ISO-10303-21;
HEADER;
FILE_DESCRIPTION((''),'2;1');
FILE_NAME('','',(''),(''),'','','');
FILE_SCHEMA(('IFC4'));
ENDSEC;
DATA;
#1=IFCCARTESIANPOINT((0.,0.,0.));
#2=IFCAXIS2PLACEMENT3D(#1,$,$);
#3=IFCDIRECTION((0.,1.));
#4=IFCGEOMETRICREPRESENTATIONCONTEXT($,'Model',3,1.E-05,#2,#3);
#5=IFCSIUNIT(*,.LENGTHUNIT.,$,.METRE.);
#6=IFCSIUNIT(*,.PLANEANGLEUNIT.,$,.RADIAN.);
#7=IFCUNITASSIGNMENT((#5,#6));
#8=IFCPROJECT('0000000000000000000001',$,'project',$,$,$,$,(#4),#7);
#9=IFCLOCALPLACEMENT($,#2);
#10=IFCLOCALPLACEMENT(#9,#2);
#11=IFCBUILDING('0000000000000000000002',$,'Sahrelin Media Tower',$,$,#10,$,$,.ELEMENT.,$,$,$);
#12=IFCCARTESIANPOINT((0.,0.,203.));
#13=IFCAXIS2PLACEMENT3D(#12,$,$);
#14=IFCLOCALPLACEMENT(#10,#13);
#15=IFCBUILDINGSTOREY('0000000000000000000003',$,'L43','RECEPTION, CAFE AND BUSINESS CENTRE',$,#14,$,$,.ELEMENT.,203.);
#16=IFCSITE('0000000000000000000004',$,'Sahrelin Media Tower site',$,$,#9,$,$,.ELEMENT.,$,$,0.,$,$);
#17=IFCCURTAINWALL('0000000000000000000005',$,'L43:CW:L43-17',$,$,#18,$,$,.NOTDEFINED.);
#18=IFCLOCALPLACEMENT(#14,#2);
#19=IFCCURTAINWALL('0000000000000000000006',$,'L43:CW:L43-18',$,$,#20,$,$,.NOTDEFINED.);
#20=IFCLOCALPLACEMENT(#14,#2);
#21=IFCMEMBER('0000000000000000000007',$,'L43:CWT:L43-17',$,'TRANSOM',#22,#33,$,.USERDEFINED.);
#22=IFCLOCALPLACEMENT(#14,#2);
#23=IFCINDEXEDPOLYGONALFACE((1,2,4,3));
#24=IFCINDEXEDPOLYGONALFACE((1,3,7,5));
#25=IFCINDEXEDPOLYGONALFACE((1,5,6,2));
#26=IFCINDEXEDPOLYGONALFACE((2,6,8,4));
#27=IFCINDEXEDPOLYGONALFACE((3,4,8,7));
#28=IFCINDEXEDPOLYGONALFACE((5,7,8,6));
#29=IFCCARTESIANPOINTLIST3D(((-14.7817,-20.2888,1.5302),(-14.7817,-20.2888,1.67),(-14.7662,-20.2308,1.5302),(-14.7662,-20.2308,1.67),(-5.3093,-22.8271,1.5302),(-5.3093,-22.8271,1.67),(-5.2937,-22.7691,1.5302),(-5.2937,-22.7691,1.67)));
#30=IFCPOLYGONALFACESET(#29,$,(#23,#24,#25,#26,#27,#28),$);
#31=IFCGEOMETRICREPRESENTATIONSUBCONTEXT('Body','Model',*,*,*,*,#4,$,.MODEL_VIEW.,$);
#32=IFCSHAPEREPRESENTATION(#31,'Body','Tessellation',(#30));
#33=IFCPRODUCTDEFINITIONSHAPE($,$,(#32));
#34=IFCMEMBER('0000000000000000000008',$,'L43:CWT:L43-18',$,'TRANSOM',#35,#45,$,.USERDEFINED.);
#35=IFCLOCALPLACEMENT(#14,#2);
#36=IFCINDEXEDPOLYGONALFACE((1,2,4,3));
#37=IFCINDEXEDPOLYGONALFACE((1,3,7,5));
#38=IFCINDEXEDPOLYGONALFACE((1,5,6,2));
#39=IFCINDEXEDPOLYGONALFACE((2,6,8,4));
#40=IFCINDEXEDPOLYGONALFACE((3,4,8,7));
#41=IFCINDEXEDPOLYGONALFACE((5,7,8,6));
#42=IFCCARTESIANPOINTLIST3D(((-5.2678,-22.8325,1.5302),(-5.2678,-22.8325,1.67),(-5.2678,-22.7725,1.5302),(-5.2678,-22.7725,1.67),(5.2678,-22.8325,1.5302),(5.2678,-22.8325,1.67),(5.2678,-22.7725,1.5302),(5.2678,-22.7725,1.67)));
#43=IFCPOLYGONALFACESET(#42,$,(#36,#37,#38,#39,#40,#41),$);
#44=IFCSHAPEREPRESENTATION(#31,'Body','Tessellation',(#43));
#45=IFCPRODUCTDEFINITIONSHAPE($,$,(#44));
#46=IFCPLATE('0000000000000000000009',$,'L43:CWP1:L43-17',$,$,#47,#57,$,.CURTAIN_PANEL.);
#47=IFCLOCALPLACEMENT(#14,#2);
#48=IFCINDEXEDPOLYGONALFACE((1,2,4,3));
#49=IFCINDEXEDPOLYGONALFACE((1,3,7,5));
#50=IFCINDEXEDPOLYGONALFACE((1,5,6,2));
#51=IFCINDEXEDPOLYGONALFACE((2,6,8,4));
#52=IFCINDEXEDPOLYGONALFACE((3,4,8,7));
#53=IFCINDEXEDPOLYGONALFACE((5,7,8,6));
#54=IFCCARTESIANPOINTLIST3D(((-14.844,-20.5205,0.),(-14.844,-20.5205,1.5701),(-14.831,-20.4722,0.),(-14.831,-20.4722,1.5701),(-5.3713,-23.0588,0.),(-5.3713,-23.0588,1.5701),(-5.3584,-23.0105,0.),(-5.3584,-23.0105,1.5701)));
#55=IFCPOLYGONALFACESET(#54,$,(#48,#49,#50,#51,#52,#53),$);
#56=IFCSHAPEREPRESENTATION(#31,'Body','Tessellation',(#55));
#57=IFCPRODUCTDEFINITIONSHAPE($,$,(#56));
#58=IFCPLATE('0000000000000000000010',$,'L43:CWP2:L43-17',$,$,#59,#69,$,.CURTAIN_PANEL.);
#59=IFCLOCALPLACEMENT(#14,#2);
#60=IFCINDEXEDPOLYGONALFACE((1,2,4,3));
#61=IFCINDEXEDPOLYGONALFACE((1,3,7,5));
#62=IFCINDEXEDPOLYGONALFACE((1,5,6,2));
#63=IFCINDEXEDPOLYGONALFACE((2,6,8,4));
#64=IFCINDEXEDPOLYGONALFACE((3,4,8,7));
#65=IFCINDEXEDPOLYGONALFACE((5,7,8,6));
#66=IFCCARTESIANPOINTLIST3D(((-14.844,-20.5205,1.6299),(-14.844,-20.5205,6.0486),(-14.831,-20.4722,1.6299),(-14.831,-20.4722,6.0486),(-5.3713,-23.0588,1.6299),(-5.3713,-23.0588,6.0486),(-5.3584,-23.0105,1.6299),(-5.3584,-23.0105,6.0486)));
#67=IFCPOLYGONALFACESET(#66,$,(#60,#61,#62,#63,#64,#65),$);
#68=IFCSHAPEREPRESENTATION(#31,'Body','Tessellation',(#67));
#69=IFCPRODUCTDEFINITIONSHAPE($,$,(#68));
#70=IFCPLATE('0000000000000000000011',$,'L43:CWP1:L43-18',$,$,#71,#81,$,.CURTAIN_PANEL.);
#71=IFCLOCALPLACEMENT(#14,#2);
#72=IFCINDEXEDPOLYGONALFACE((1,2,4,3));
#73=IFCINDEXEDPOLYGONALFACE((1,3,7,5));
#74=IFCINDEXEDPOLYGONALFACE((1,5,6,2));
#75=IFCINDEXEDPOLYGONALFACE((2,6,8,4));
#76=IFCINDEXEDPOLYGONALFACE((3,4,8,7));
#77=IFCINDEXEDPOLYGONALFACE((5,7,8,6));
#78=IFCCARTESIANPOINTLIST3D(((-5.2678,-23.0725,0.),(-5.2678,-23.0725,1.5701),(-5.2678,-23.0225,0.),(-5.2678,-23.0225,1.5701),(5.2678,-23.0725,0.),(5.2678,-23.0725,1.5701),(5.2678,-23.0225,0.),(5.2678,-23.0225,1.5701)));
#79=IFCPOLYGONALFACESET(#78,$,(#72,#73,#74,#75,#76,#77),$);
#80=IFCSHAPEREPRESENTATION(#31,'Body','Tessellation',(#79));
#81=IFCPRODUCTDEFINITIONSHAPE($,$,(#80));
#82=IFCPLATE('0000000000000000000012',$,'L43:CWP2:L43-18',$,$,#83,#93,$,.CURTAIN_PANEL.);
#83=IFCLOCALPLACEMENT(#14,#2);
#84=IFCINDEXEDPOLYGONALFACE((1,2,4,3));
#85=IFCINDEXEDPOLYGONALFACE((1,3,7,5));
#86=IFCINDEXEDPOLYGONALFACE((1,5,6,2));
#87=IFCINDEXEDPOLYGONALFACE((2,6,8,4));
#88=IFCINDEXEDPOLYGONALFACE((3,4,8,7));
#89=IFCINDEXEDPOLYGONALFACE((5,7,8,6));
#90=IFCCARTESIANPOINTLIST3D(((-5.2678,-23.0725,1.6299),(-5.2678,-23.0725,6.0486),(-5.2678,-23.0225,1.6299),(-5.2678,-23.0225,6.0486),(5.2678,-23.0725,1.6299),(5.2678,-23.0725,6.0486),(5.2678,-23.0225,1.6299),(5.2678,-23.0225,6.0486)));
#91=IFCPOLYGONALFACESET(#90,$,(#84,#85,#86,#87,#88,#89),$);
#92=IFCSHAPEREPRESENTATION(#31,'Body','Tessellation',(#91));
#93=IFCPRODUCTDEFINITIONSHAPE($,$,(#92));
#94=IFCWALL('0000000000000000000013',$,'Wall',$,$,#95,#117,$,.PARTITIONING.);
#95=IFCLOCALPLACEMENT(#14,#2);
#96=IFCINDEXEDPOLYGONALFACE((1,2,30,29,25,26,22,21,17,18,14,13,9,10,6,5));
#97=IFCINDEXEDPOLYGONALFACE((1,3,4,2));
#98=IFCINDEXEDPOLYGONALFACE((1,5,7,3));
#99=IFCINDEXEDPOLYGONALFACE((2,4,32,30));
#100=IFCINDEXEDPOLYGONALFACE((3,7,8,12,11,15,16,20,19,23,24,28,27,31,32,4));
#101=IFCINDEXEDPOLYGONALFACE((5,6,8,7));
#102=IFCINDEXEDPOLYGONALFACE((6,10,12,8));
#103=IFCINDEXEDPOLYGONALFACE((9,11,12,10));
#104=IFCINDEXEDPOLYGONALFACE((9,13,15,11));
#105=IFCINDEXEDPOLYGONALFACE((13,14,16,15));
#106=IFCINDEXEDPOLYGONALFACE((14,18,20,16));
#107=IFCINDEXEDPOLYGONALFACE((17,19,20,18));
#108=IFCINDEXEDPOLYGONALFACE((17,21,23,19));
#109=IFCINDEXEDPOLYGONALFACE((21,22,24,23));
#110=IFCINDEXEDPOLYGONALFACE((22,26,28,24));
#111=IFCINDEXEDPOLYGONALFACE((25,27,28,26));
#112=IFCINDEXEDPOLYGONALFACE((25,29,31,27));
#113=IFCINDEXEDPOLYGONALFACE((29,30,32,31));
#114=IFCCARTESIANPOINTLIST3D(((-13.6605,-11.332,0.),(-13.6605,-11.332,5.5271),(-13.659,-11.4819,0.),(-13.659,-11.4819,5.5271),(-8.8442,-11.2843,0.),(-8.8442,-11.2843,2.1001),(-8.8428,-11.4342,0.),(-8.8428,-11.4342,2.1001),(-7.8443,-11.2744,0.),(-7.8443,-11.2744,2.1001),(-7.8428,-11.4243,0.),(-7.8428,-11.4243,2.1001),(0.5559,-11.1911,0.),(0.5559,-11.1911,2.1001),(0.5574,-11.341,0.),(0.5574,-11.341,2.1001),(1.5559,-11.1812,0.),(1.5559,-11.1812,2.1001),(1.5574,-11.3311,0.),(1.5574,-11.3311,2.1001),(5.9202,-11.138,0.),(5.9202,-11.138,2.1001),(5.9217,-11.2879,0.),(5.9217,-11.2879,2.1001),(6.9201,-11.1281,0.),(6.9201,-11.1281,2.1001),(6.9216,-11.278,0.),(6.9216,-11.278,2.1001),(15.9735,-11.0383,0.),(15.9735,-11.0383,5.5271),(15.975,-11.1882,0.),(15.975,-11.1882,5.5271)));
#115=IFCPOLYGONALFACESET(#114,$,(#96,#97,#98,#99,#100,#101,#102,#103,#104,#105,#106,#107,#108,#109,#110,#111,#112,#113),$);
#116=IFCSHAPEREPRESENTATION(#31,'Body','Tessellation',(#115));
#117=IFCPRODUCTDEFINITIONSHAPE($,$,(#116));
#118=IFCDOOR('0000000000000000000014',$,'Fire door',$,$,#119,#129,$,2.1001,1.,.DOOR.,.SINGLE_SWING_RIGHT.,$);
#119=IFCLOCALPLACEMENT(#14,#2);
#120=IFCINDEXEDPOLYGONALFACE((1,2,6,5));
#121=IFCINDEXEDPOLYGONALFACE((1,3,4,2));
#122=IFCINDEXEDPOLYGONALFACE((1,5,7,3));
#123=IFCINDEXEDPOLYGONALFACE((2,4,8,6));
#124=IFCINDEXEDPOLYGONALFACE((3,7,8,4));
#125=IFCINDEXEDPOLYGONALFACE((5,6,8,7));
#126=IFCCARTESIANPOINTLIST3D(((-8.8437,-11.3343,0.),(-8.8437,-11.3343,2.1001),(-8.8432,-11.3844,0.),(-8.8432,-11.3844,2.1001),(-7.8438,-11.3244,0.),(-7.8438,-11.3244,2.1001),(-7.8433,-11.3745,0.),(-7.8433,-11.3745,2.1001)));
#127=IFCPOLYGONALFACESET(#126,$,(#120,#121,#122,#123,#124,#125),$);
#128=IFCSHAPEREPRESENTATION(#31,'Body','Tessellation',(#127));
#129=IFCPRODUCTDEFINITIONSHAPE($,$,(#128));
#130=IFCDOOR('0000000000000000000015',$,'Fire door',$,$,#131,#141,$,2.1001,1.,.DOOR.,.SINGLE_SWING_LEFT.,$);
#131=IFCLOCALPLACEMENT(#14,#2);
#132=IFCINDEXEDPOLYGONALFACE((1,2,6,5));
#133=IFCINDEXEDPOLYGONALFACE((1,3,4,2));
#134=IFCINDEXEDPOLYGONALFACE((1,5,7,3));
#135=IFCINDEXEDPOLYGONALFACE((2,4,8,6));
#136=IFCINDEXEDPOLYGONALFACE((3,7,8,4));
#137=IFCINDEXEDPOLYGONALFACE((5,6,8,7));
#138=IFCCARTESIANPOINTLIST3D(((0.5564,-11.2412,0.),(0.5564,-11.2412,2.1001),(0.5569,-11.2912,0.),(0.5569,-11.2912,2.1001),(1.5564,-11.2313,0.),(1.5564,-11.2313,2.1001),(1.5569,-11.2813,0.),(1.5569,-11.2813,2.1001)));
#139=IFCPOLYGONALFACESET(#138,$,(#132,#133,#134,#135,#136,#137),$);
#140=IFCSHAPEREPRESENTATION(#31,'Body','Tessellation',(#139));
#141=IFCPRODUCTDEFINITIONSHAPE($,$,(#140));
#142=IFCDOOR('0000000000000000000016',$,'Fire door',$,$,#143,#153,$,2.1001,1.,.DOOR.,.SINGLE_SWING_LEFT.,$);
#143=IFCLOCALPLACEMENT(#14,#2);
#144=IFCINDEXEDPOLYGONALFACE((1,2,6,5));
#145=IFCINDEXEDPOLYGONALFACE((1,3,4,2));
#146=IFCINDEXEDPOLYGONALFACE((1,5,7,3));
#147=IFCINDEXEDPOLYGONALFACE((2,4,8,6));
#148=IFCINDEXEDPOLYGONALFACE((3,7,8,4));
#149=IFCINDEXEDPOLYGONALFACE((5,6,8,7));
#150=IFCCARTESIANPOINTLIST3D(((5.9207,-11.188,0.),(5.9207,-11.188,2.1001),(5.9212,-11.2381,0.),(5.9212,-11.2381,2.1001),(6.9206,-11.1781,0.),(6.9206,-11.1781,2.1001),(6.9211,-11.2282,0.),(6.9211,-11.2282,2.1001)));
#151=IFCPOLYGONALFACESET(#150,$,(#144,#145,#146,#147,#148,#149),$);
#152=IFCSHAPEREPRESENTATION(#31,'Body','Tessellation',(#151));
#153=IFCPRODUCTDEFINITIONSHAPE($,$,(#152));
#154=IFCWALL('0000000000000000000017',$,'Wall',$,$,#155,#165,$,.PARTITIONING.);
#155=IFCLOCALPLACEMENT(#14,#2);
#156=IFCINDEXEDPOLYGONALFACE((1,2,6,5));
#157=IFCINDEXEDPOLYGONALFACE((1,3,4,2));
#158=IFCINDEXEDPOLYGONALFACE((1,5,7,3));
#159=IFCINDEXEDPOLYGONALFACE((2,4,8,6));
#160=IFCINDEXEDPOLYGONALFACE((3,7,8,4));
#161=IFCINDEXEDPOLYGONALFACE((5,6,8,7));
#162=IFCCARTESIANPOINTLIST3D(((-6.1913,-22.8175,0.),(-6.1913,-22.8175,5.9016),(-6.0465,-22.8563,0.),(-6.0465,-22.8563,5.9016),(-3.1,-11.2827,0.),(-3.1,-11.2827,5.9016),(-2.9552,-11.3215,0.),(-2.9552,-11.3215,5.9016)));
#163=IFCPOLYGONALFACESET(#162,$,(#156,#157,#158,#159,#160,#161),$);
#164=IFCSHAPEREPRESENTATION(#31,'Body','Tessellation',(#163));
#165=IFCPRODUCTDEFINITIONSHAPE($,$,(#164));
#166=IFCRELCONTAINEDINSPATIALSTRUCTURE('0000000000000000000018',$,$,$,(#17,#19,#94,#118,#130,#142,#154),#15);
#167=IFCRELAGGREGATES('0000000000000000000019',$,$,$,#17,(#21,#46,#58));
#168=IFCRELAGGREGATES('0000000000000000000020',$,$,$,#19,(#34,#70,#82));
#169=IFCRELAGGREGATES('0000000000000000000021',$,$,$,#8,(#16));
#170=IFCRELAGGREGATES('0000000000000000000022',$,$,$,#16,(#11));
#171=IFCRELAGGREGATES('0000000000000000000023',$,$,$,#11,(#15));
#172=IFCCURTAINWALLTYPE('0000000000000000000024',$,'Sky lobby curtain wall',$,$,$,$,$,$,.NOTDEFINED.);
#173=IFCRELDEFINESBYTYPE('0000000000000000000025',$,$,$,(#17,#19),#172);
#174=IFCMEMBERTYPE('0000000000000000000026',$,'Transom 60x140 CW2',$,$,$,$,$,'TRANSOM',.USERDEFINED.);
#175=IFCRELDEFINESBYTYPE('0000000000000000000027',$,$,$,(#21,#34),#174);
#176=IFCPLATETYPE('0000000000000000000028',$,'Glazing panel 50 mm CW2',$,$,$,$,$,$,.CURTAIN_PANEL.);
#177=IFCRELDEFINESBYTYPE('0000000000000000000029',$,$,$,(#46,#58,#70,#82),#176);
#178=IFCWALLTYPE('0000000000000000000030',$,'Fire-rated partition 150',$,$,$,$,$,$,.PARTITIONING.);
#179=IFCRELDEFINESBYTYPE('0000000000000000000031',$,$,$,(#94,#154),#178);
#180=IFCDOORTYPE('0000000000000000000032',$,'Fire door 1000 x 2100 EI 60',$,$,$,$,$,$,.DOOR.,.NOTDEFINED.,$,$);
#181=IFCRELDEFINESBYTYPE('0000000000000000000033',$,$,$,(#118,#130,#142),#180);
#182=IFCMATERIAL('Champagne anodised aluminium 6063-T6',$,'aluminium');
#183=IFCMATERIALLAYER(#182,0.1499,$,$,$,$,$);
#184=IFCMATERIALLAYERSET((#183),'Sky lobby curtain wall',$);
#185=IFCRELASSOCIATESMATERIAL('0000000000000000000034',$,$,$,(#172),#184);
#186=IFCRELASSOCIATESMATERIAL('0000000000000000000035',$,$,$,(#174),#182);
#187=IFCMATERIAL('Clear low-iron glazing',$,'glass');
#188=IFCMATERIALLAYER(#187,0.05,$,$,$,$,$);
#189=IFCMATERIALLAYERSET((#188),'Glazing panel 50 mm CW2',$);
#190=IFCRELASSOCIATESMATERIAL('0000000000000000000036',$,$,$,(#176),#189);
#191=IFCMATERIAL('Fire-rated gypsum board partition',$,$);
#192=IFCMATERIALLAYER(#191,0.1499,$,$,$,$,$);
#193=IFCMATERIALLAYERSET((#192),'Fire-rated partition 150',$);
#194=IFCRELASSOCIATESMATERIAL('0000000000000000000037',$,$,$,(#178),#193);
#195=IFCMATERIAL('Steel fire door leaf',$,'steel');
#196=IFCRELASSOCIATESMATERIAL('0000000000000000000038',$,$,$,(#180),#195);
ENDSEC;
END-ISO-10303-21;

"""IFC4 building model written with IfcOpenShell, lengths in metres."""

from ifc_helpers import new_model, si_unit, direction, frame, frame_2d, origin, origin_2d, place, context, subcontext, project, spatial, polyline, rectangle, outline, extrude, material, layer, layer_set, material_profile, profile_set, type_object, element, fill, aggregate, save


model = new_model("IFC4")

# Units and contexts
model_context = context("Model", 3, precision=1e-05, world=origin(), true_north=direction((0.0, 1.0)))
body_context = subcontext(model_context, "Body", "Model", "MODEL_VIEW")
ifc_project = project(units=[si_unit("LENGTHUNIT", "METRE"), si_unit("PLANEANGLEUNIT", "RADIAN")], contexts=[model_context])

# Site, building, storey
site_placement = place(None, origin())
site = spatial("IfcSite", under=ifc_project, at=site_placement, Name="Sahrelin Media Tower site", CompositionType="ELEMENT", RefElevation=0.0)
building_placement = place(site_placement, origin())
building = spatial("IfcBuilding", under=site, at=building_placement, Name="Sahrelin Media Tower", CompositionType="ELEMENT")
storey_placement = place(building_placement, frame((0.0, 0.0, 203.0)))
storey = spatial("IfcBuildingStorey", under=building, at=storey_placement, Name="L43", Description="RECEPTION, CAFE AND BUSINESS CENTRE", CompositionType="ELEMENT", Elevation=203.0)

# Curtain walls
ifc_material_1 = material(Name="Champagne anodised aluminium 6063-T6", Category="aluminium")
ifc_layer_1 = layer(ifc_material_1, 0.1499)
ifc_layer_set_1 = layer_set([ifc_layer_1], Name="Sky lobby curtain wall")
curtain_wall_type = type_object("IfcCurtainWallType", Name="Sky lobby curtain wall", PredefinedType="NOTDEFINED", material=ifc_layer_set_1)
curtain_wall_1_placement = place(storey_placement, frame((-10.1023, -21.7703, 0.0), z_axis=(0.0, 0.0, 1.0), x_axis=(1.0, 0.0, 0.0)))
curtain_wall_1 = element("IfcCurtainWall", 1, at=curtain_wall_1_placement, inside=storey, type_object=curtain_wall_type, Name="L43:CW:L43-17", PredefinedType="NOTDEFINED")
curtain_wall_2_placement = place(storey_placement, frame((0.0, -23.0525, 0.0), z_axis=(0.0, 0.0, 1.0), x_axis=(1.0, 0.0, 0.0)))
curtain_wall_2 = element("IfcCurtainWall", 2, at=curtain_wall_2_placement, inside=storey, type_object=curtain_wall_type, Name="L43:CW:L43-18", PredefinedType="NOTDEFINED")

# Members
ifc_material_profile_1 = material_profile(ifc_material_1, rectangle(XDim=0.0601, YDim=0.1399, at=origin_2d()), Name="Transom 60x140")
ifc_profile_set_1 = profile_set([ifc_material_profile_1], Name="Champagne anodised aluminium 6063-T6")
member_type_1 = type_object("IfcMemberType", Name="Transom 60x140 CW2", ElementType="TRANSOM", PredefinedType="USERDEFINED", material=ifc_profile_set_1)
member_1_placement = place(storey_placement, frame((-14.7739, -20.2598, 1.6001), z_axis=(0.965921, -0.258839, 0.0), x_axis=(0.258839, 0.965921, 0.0)))
member_1 = element("IfcMember", 3, at=member_1_placement, type_object=member_type_1, Name="L43:CWT:L43-17", ObjectType="TRANSOM", PredefinedType="USERDEFINED", context=body_context, shape_type="SweptSolid", body=[
    extrude(rectangle(XDim=0.0601, YDim=0.1399, at=origin_2d()), origin(), (0.0, 0.0, 1.0), 9.8066),
])
member_2_placement = place(storey_placement, frame((-5.2678, -22.8025, 1.6001), z_axis=(1.0, 0.0, 0.0), x_axis=(0.0, 1.0, 0.0)))
member_2 = element("IfcMember", 4, at=member_2_placement, type_object=member_type_1, Name="L43:CWT:L43-18", ObjectType="TRANSOM", PredefinedType="USERDEFINED", context=body_context, shape_type="SweptSolid", body=[
    extrude(rectangle(XDim=0.0601, YDim=0.1399, at=origin_2d()), origin(), (0.0, 0.0, 1.0), 10.5356),
])

# Plates
ifc_material_2 = material(Name="Clear low-iron glazing", Category="glass")
ifc_layer_2 = layer(ifc_material_2, 0.05)
ifc_layer_set_2 = layer_set([ifc_layer_2], Name="Glazing panel 50 mm CW2")
plate_type = type_object("IfcPlateType", Name="Glazing panel 50 mm CW2", PredefinedType="CURTAIN_PANEL", material=ifc_layer_set_2)
plate_1_placement = place(storey_placement, frame((-14.844, -20.5205, 0.0), z_axis=(-0.258832, -0.965922, 0.0), x_axis=(0.965922, -0.258832, 0.0)))
plate_1 = element("IfcPlate", 5, at=plate_1_placement, type_object=plate_type, Name="L43:CWP1:L43-17", PredefinedType="CURTAIN_PANEL", context=body_context, shape_type="SweptSolid", body=[
    extrude(outline(polyline([(0.0, 0.0), (9.8069, 0.0), (9.8069, 1.5701), (0.0, 1.5701), (0.0, 0.0)])), origin(), (0.0, 0.0, -1.0), 0.05),
])
plate_2_placement = place(storey_placement, frame((-14.844, -20.5205, 1.6299), z_axis=(-0.258832, -0.965922, 0.0), x_axis=(0.965922, -0.258832, 0.0)))
plate_2 = element("IfcPlate", 6, at=plate_2_placement, type_object=plate_type, Name="L43:CWP2:L43-17", PredefinedType="CURTAIN_PANEL", context=body_context, shape_type="SweptSolid", body=[
    extrude(outline(polyline([(0.0, 0.0), (9.8069, 0.0), (9.8069, 4.4187), (0.0, 4.4187), (0.0, 0.0)])), origin(), (0.0, 0.0, -1.0), 0.05),
])
aggregate(curtain_wall_1, [member_1, plate_1, plate_2])
plate_3_placement = place(storey_placement, frame((-5.2678, -23.0725, 0.0), z_axis=(0.0, -1.0, 0.0), x_axis=(1.0, 0.0, 0.0)))
plate_3 = element("IfcPlate", 7, at=plate_3_placement, type_object=plate_type, Name="L43:CWP1:L43-18", PredefinedType="CURTAIN_PANEL", context=body_context, shape_type="SweptSolid", body=[
    extrude(outline(polyline([(0.0, 0.0), (10.5356, 0.0), (10.5356, 1.5701), (0.0, 1.5701), (0.0, 0.0)])), origin(), (0.0, 0.0, -1.0), 0.05),
])
plate_4_placement = place(storey_placement, frame((-5.2678, -23.0725, 1.6299), z_axis=(0.0, -1.0, 0.0), x_axis=(1.0, 0.0, 0.0)))
plate_4 = element("IfcPlate", 8, at=plate_4_placement, type_object=plate_type, Name="L43:CWP2:L43-18", PredefinedType="CURTAIN_PANEL", context=body_context, shape_type="SweptSolid", body=[
    extrude(outline(polyline([(0.0, 0.0), (10.5356, 0.0), (10.5356, 4.4187), (0.0, 4.4187), (0.0, 0.0)])), origin(), (0.0, 0.0, -1.0), 0.05),
])
aggregate(curtain_wall_2, [member_2, plate_3, plate_4])

# Wall, openings, doors
ifc_material_3 = material(Name="Fire-rated gypsum board partition")
ifc_layer_3 = layer(ifc_material_3, 0.1499)
ifc_layer_set_3 = layer_set([ifc_layer_3], Name="Fire-rated partition 150")
wall_type_1 = type_object("IfcWallType", Name="Fire-rated partition 150", PredefinedType="PARTITIONING", material=ifc_layer_set_3)
wall_1_placement = place(storey_placement, frame((-13.6599, -11.407, 0.0), z_axis=(0.0, 0.0, 1.0), x_axis=(0.999951, 0.00991, 0.0)))
wall_1 = element("IfcWall", 9, at=wall_1_placement, inside=storey, type_object=wall_type_1, Name="Wall", PredefinedType="PARTITIONING", context=body_context, shape_type="SweptSolid", body=[
    extrude(rectangle(XDim=29.6355, YDim=0.1499, at=frame_2d((14.8179, 0.0))), origin(), (0.0, 0.0, 1.0), 5.5271),
])
opening_1_placement = place(wall_1_placement, frame((4.8167, 0.0, 0.0)))
opening_1 = element("IfcOpeningElement", 10, at=opening_1_placement, cuts=wall_1, PredefinedType="OPENING", context=body_context, shape_type="SweptSolid", body=[
    extrude(rectangle(XDim=1.0, YDim=2.1001, at=frame_2d((0.5, 1.05))), frame((0.0, 0.075, 0.0), z_axis=(0.0, -1.0, 0.0), x_axis=(1.0, 0.0, 0.0)), (0.0, 0.0, 1.0), 0.1499),
])
opening_2_placement = place(wall_1_placement, frame((14.2173, 0.0, 0.0)))
opening_2 = element("IfcOpeningElement", 11, at=opening_2_placement, cuts=wall_1, PredefinedType="OPENING", context=body_context, shape_type="SweptSolid", body=[
    extrude(rectangle(XDim=1.0, YDim=2.1001, at=frame_2d((0.5, 1.05))), frame((0.0, 0.075, 0.0), z_axis=(0.0, -1.0, 0.0), x_axis=(1.0, 0.0, 0.0)), (0.0, 0.0, 1.0), 0.1499),
])
opening_3_placement = place(wall_1_placement, frame((19.5818, 0.0, 0.0)))
opening_3 = element("IfcOpeningElement", 12, at=opening_3_placement, cuts=wall_1, PredefinedType="OPENING", context=body_context, shape_type="SweptSolid", body=[
    extrude(rectangle(XDim=1.0, YDim=2.1001, at=frame_2d((0.5, 1.05))), frame((0.0, 0.075, 0.0), z_axis=(0.0, -1.0, 0.0), x_axis=(1.0, 0.0, 0.0)), (0.0, 0.0, 1.0), 0.1499),
])
ifc_material_4 = material(Name="Steel fire door leaf", Category="steel")
door_type_1 = type_object("IfcDoorType", Name="Fire door 1000 x 2100 EI 60", OperationType="NOTDEFINED", PredefinedType="DOOR", material=ifc_material_4)
door_1_placement = place(opening_1_placement, origin())
door_1 = element("IfcDoor", 13, at=door_1_placement, inside=storey, type_object=door_type_1, Name="Fire door", OperationType="SINGLE_SWING_RIGHT", OverallHeight=2.1001, OverallWidth=1.0, PredefinedType="DOOR", context=body_context, shape_type="SweptSolid", body=[
    extrude(rectangle(XDim=1.0, YDim=2.1001, at=frame_2d((0.5, 1.05))), frame((0.0, 0.0249, 0.0), z_axis=(0.0, -1.0, 0.0), x_axis=(1.0, 0.0, 0.0)), (0.0, 0.0, 1.0), 0.05),
])
fill(opening_1, door_1)
door_2_placement = place(opening_2_placement, origin())
door_2 = element("IfcDoor", 14, at=door_2_placement, inside=storey, type_object=door_type_1, Name="Fire door", OperationType="SINGLE_SWING_LEFT", OverallHeight=2.1001, OverallWidth=1.0, PredefinedType="DOOR", context=body_context, shape_type="SweptSolid", body=[
    extrude(rectangle(XDim=1.0, YDim=2.1001, at=frame_2d((0.5, 1.05))), frame((0.0, 0.0249, 0.0), z_axis=(0.0, -1.0, 0.0), x_axis=(1.0, 0.0, 0.0)), (0.0, 0.0, 1.0), 0.05),
])
fill(opening_2, door_2)
door_3_placement = place(opening_3_placement, origin())
door_3 = element("IfcDoor", 15, at=door_3_placement, inside=storey, type_object=door_type_1, Name="Fire door", OperationType="SINGLE_SWING_LEFT", OverallHeight=2.1001, OverallWidth=1.0, PredefinedType="DOOR", context=body_context, shape_type="SweptSolid", body=[
    extrude(rectangle(XDim=1.0, YDim=2.1001, at=frame_2d((0.5, 1.05))), frame((0.0, 0.0249, 0.0), z_axis=(0.0, -1.0, 0.0), x_axis=(1.0, 0.0, 0.0)), (0.0, 0.0, 1.0), 0.05),
])
fill(opening_3, door_3)

# Wall
wall_2_placement = place(storey_placement, frame((-6.1189, -22.8369, 0.0), z_axis=(0.0, 0.0, 1.0), x_axis=(0.258861, 0.965915, 0.0)))
element("IfcWall", 16, at=wall_2_placement, inside=storey, type_object=wall_type_1, Name="Wall", PredefinedType="PARTITIONING", context=body_context, shape_type="SweptSolid", body=[
    extrude(rectangle(XDim=11.9419, YDim=0.1499, at=frame_2d((5.9709, 0.0))), origin(), (0.0, 0.0, 1.0), 5.9016),
])

save(model, "model.ifc")
